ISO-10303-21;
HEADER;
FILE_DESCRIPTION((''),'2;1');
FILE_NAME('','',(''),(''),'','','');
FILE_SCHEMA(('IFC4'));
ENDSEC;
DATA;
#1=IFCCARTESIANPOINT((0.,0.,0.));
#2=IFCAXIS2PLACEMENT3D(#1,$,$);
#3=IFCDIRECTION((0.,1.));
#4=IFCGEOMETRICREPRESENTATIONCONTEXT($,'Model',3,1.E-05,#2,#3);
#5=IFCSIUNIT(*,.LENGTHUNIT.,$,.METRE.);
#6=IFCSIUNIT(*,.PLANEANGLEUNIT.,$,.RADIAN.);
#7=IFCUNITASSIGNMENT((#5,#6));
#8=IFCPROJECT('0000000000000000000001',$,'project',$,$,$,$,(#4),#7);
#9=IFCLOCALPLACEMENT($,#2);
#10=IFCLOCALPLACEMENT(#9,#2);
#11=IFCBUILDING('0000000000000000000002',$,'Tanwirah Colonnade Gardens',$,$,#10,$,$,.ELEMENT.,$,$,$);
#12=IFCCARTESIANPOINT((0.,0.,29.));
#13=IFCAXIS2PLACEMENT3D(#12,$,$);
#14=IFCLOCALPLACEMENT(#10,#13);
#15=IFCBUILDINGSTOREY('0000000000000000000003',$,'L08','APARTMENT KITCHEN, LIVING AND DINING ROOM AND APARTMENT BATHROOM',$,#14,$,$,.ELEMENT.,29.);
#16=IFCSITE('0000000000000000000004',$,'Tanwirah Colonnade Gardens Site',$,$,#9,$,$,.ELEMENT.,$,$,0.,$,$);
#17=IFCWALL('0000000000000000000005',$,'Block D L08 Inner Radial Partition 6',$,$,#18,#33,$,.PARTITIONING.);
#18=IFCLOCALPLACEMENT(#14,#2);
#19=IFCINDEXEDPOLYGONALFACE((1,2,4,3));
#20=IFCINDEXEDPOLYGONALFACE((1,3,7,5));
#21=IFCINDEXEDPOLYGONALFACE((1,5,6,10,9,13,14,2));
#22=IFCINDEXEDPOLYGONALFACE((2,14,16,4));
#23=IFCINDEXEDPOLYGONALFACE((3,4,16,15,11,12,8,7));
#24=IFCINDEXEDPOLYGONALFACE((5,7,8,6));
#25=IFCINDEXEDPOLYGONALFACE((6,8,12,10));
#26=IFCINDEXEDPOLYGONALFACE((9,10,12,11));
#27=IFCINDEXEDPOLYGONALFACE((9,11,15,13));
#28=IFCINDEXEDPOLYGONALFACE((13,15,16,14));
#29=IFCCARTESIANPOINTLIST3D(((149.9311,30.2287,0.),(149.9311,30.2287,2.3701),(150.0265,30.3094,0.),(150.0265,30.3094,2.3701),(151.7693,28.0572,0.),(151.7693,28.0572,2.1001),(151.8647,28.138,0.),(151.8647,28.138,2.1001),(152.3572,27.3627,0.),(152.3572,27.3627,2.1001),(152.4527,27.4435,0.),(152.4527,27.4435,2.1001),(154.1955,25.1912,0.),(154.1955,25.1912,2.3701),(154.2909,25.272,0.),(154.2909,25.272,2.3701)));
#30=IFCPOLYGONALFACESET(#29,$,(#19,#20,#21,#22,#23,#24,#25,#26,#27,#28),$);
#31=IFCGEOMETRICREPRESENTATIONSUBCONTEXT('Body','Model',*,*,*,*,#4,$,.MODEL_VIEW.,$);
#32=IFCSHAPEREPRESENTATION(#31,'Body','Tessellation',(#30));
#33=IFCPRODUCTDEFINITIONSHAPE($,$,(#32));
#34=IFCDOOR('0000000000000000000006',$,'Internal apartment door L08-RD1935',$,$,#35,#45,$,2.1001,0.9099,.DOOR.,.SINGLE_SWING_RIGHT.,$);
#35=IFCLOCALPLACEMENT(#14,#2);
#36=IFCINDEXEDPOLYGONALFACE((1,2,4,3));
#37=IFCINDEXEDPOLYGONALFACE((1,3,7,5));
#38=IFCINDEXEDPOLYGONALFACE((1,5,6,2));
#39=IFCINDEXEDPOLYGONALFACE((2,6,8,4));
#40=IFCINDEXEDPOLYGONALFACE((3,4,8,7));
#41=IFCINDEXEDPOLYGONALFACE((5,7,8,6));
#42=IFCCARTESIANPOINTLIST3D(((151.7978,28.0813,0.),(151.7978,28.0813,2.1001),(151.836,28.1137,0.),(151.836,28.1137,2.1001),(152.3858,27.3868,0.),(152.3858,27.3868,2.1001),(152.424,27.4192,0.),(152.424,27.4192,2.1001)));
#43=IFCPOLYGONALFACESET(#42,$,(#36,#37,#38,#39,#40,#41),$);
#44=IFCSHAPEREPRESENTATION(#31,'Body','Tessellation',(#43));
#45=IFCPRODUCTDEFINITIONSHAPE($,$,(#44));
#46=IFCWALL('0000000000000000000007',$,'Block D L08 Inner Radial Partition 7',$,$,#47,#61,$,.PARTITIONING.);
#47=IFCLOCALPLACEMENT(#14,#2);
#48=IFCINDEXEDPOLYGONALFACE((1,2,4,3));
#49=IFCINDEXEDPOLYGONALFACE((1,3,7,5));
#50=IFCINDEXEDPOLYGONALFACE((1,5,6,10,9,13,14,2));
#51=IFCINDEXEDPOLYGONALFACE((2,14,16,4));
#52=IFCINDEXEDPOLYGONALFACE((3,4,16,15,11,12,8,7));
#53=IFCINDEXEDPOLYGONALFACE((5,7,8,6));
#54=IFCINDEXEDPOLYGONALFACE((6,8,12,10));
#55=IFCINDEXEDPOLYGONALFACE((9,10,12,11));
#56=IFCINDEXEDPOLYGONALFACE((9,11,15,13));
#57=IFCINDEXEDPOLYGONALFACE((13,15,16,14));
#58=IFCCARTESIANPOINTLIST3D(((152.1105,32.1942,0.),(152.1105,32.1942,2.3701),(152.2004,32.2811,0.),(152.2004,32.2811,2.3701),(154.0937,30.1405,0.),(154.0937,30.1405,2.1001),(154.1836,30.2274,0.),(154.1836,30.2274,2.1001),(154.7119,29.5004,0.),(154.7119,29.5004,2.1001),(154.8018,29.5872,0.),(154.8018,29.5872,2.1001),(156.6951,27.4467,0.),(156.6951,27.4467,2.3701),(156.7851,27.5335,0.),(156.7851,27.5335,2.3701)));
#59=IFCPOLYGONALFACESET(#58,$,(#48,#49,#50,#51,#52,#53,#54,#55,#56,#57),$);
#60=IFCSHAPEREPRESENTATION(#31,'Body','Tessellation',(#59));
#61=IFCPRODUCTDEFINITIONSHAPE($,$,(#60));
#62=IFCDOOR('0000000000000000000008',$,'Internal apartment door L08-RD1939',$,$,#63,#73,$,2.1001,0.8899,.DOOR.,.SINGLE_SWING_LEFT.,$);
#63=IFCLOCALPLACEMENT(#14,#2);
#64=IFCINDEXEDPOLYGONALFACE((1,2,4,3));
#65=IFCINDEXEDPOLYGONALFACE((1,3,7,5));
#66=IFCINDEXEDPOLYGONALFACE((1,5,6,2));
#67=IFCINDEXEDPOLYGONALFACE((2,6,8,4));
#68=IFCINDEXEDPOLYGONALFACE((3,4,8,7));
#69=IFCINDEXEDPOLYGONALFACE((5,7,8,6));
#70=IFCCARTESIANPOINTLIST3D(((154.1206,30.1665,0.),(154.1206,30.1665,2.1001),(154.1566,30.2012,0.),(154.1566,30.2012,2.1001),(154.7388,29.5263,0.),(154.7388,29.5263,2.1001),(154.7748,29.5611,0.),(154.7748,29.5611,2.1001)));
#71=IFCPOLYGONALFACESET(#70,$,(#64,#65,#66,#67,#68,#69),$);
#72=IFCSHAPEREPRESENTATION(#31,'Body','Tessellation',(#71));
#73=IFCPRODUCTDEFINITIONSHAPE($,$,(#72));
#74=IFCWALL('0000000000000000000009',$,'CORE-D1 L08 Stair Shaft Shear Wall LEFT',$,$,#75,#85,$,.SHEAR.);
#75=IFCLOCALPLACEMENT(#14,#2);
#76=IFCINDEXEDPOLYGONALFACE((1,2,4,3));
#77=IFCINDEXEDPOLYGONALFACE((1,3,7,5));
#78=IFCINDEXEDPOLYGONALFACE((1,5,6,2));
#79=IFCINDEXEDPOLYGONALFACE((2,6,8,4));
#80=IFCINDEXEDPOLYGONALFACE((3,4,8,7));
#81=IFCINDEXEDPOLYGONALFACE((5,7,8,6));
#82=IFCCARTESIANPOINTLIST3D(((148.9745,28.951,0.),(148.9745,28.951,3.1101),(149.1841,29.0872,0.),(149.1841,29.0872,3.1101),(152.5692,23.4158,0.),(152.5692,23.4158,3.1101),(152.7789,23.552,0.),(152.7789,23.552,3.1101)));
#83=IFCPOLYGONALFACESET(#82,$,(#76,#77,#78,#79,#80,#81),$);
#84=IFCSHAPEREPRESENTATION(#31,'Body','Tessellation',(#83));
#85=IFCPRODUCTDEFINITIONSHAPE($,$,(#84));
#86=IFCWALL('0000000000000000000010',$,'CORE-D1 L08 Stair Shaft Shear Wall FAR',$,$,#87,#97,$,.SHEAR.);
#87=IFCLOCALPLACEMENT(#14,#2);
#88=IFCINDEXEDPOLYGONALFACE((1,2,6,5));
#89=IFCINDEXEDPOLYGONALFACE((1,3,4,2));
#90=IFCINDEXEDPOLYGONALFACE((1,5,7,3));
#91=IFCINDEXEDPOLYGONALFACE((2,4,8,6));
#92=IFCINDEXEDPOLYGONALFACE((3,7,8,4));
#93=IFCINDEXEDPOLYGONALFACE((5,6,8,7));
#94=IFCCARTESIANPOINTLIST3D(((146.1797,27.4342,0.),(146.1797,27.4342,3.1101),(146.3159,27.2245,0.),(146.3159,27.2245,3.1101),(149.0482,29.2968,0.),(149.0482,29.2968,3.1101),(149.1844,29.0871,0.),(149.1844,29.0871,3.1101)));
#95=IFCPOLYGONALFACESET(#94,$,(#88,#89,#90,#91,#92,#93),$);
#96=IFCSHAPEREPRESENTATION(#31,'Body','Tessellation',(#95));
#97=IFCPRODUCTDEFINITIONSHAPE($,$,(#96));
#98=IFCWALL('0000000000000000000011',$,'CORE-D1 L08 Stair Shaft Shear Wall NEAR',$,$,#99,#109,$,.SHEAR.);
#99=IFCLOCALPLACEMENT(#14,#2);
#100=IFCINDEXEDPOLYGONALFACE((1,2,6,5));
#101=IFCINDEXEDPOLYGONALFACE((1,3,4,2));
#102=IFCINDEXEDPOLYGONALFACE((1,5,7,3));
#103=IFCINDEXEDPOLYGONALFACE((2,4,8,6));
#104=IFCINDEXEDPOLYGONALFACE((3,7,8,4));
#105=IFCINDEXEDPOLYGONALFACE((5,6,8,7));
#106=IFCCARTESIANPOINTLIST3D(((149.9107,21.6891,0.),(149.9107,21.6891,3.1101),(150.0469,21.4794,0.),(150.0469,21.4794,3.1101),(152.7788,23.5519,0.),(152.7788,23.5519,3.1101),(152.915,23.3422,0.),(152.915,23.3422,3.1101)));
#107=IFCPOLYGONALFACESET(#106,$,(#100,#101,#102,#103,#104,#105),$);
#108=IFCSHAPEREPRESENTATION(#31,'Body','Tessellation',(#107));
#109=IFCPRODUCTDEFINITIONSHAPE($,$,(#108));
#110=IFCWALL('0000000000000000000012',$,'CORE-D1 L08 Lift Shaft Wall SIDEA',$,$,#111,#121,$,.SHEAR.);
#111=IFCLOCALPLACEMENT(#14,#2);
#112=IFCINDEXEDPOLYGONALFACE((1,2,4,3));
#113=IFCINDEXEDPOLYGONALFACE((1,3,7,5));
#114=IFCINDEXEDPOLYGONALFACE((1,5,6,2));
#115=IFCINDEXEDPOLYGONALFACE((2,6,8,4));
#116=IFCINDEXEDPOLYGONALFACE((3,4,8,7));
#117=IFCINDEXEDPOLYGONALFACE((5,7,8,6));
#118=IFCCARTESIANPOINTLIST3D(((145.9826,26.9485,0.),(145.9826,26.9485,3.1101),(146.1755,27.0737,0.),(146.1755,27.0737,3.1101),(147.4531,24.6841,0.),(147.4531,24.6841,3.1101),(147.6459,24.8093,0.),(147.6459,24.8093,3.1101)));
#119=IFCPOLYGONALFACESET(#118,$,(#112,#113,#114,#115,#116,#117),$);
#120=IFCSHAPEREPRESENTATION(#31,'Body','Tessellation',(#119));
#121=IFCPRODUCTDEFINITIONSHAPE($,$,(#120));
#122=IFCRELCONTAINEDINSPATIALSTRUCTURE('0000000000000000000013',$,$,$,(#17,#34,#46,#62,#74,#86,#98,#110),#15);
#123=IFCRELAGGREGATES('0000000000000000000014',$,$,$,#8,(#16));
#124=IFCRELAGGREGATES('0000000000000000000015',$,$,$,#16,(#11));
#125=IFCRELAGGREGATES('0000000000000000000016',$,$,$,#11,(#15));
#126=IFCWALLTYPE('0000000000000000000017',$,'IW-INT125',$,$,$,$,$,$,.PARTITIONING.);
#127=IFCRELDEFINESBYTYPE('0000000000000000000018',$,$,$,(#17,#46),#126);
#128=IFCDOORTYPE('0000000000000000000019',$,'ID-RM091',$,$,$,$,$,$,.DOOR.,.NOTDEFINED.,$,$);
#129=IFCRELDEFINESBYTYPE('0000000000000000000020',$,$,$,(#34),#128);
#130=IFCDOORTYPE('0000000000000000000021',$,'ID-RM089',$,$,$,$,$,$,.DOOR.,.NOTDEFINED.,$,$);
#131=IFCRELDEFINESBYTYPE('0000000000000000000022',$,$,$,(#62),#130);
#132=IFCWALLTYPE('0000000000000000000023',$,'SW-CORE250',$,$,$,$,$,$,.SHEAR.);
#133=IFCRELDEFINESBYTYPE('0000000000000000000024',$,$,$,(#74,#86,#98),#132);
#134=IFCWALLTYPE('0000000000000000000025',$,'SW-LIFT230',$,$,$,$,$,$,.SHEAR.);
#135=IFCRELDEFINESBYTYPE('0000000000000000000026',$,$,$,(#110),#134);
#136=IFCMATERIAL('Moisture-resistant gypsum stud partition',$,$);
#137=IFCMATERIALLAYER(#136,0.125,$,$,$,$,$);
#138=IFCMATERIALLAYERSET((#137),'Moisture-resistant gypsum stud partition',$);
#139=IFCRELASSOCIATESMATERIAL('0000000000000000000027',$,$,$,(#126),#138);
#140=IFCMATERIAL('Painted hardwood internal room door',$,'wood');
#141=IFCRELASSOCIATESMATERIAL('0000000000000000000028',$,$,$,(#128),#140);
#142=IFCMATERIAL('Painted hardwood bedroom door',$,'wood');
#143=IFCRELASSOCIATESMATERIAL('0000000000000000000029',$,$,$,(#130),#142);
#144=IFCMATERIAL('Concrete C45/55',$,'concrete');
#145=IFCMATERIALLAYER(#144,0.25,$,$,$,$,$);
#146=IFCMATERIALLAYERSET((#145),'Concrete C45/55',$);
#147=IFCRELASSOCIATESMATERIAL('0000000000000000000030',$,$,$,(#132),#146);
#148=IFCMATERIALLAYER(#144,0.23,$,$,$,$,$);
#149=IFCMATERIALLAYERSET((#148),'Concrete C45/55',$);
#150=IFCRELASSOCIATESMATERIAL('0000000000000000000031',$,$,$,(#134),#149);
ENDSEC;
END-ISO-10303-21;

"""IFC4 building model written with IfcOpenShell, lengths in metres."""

from ifc_helpers import new_model, si_unit, direction, frame, frame_2d, origin, place, context, subcontext, project, spatial, rectangle, extrude, material, layer, layer_set, type_object, element, fill, save


model = new_model("IFC4")

# Units and contexts
model_context = context("Model", 3, precision=1e-05, world=origin(), true_north=direction((0.0, 1.0)))
body_context = subcontext(model_context, "Body", "Model", "MODEL_VIEW")
ifc_project = project(units=[si_unit("LENGTHUNIT", "METRE"), si_unit("PLANEANGLEUNIT", "RADIAN")], contexts=[model_context])

# Site, building, storey
site_placement = place(None, origin())
site = spatial("IfcSite", under=ifc_project, at=site_placement, Name="Tanwirah Colonnade Gardens Site", CompositionType="ELEMENT", RefElevation=0.0)
building_placement = place(site_placement, origin())
building = spatial("IfcBuilding", under=site, at=building_placement, Name="Tanwirah Colonnade Gardens", CompositionType="ELEMENT")
storey_placement = place(building_placement, frame((0.0, 0.0, 29.0)))
storey = spatial("IfcBuildingStorey", under=building, at=storey_placement, Name="L08", Description="APARTMENT KITCHEN, LIVING AND DINING ROOM AND APARTMENT BATHROOM", CompositionType="ELEMENT", Elevation=29.0)

# Walls, openings, doors
ifc_material_1 = material(Name="Moisture-resistant gypsum stud partition")
ifc_layer_1 = layer(ifc_material_1, 0.125)
ifc_layer_set_1 = layer_set([ifc_layer_1], Name="Moisture-resistant gypsum stud partition")
wall_type_1 = type_object("IfcWallType", Name="IW-INT125", PredefinedType="PARTITIONING", material=ifc_layer_set_1)
wall_1_placement = place(storey_placement, frame((149.9788, 30.269, 0.0), z_axis=(0.0, 0.0, 1.0), x_axis=(0.646121, -0.763235, 0.0)))
wall_1 = element("IfcWall", 1, at=wall_1_placement, inside=storey, type_object=wall_type_1, Name="Block D L08 Inner Radial Partition 6", PredefinedType="PARTITIONING", context=body_context, shape_type="SweptSolid", body=[
    extrude(rectangle(XDim=6.6001, YDim=0.125, at=frame_2d((3.3, 0.0))), origin(), (0.0, 0.0, 1.0), 2.3701),
])
opening_1_placement = place(wall_1_placement, frame((2.845, 0.0, 0.0)))
opening_1 = element("IfcOpeningElement", 2, at=opening_1_placement, cuts=wall_1, PredefinedType="OPENING", context=body_context, shape_type="SweptSolid", body=[
    extrude(rectangle(XDim=0.9099, YDim=2.1001, at=frame_2d((0.4551, 1.05))), frame((0.0, 0.0725, 0.0), z_axis=(0.0, -1.0, 0.0), x_axis=(1.0, 0.0, 0.0)), (0.0, 0.0, 1.0), 0.145),
])
ifc_material_2 = material(Name="Painted hardwood internal room door", Category="wood")
door_type_1 = type_object("IfcDoorType", Name="ID-RM091", OperationType="NOTDEFINED", PredefinedType="DOOR", material=ifc_material_2)
door_1_placement = place(opening_1_placement, origin())
door_1 = element("IfcDoor", 3, at=door_1_placement, inside=storey, type_object=door_type_1, Name="Internal apartment door L08-RD1935", OperationType="SINGLE_SWING_RIGHT", OverallHeight=2.1001, OverallWidth=0.9099, PredefinedType="DOOR", context=body_context, shape_type="SweptSolid", body=[
    extrude(rectangle(XDim=0.9099, YDim=2.1001, at=frame_2d((0.4551, 1.05))), frame((0.0, 0.0249, 0.0), z_axis=(0.0, -1.0, 0.0), x_axis=(1.0, 0.0, 0.0)), (0.0, 0.0, 1.0), 0.05),
])
fill(opening_1, door_1)
wall_2_placement = place(storey_placement, frame((152.1555, 32.2375, 0.0), z_axis=(0.0, 0.0, 1.0), x_axis=(0.694663, -0.719336, 0.0)))
wall_2 = element("IfcWall", 4, at=wall_2_placement, inside=storey, type_object=wall_type_1, Name="Block D L08 Inner Radial Partition 7", PredefinedType="PARTITIONING", context=body_context, shape_type="SweptSolid", body=[
    extrude(rectangle(XDim=6.5999, YDim=0.125, at=frame_2d((3.2998, 0.0))), origin(), (0.0, 0.0, 1.0), 2.3701),
])
opening_2_placement = place(wall_2_placement, frame((2.855, 0.0, 0.0)))
opening_2 = element("IfcOpeningElement", 5, at=opening_2_placement, cuts=wall_2, PredefinedType="OPENING", context=body_context, shape_type="SweptSolid", body=[
    extrude(rectangle(XDim=0.8899, YDim=2.1001, at=frame_2d((0.4448, 1.05))), frame((0.0, 0.0725, 0.0), z_axis=(0.0, -1.0, 0.0), x_axis=(1.0, 0.0, 0.0)), (0.0, 0.0, 1.0), 0.145),
])
ifc_material_3 = material(Name="Painted hardwood bedroom door", Category="wood")
door_type_2 = type_object("IfcDoorType", Name="ID-RM089", OperationType="NOTDEFINED", PredefinedType="DOOR", material=ifc_material_3)
door_2_placement = place(opening_2_placement, origin())
door_2 = element("IfcDoor", 6, at=door_2_placement, inside=storey, type_object=door_type_2, Name="Internal apartment door L08-RD1939", OperationType="SINGLE_SWING_LEFT", OverallHeight=2.1001, OverallWidth=0.8899, PredefinedType="DOOR", context=body_context, shape_type="SweptSolid", body=[
    extrude(rectangle(XDim=0.8899, YDim=2.1001, at=frame_2d((0.4448, 1.05))), frame((0.0, 0.0249, 0.0), z_axis=(0.0, -1.0, 0.0), x_axis=(1.0, 0.0, 0.0)), (0.0, 0.0, 1.0), 0.05),
])
fill(opening_2, door_2)

# Walls
ifc_material_4 = material(Name="Concrete C45/55", Category="concrete")
ifc_layer_2 = layer(ifc_material_4, 0.25)
ifc_layer_set_2 = layer_set([ifc_layer_2], Name="Concrete C45/55")
wall_type_2 = type_object("IfcWallType", Name="SW-CORE250", PredefinedType="SHEAR", material=ifc_layer_set_2)
wall_3_placement = place(storey_placement, frame((152.6741, 23.4839, 0.0), z_axis=(0.0, 0.0, 1.0), x_axis=(-0.544655, 0.83866, 0.0)))
element("IfcWall", 7, at=wall_3_placement, inside=storey, type_object=wall_type_2, Name="CORE-D1 L08 Stair Shaft Shear Wall LEFT", PredefinedType="SHEAR", context=body_context, shape_type="SweptSolid", body=[
    extrude(rectangle(XDim=6.6001, YDim=0.25, at=frame_2d((3.3, 0.0))), origin(), (0.0, 0.0, 1.0), 3.1101),
])
wall_4_placement = place(storey_placement, frame((149.1162, 29.1919, 0.0), z_axis=(0.0, 0.0, 1.0), x_axis=(-0.8387, -0.544594, 0.0)))
element("IfcWall", 8, at=wall_4_placement, inside=storey, type_object=wall_type_2, Name="CORE-D1 L08 Stair Shaft Shear Wall FAR", PredefinedType="SHEAR", context=body_context, shape_type="SweptSolid", body=[
    extrude(rectangle(XDim=3.4202, YDim=0.25, at=frame_2d((1.71, 0.0))), origin(), (0.0, 0.0, 1.0), 3.1101),
])
wall_5_placement = place(storey_placement, frame((152.8469, 23.447, 0.0), z_axis=(0.0, 0.0, 1.0), x_axis=(-0.838646, -0.544677, 0.0)))
element("IfcWall", 9, at=wall_5_placement, inside=storey, type_object=wall_type_2, Name="CORE-D1 L08 Stair Shaft Shear Wall NEAR", PredefinedType="SHEAR", context=body_context, shape_type="SweptSolid", body=[
    extrude(rectangle(XDim=3.4199, YDim=0.25, at=frame_2d((1.71, 0.0))), origin(), (0.0, 0.0, 1.0), 3.1101),
])

# Shared definitions
ifc_layer_3 = layer(ifc_material_4, 0.23)
ifc_layer_set_3 = layer_set([ifc_layer_3], Name="Concrete C45/55")
wall_type_3 = type_object("IfcWallType", Name="SW-LIFT230", PredefinedType="SHEAR", material=ifc_layer_set_3)

# Wall
wall_6_placement = place(storey_placement, frame((147.5496, 24.7466, 0.0), z_axis=(0.0, 0.0, 1.0), x_axis=(-0.544623, 0.838681, 0.0)))
element("IfcWall", 10, at=wall_6_placement, inside=storey, type_object=wall_type_3, Name="CORE-D1 L08 Lift Shaft Wall SIDEA", PredefinedType="SHEAR", context=body_context, shape_type="SweptSolid", body=[
    extrude(rectangle(XDim=2.7, YDim=0.23, at=frame_2d((1.3501, 0.0))), origin(), (0.0, 0.0, 1.0), 3.1101),
])

save(model, "model.ifc")
